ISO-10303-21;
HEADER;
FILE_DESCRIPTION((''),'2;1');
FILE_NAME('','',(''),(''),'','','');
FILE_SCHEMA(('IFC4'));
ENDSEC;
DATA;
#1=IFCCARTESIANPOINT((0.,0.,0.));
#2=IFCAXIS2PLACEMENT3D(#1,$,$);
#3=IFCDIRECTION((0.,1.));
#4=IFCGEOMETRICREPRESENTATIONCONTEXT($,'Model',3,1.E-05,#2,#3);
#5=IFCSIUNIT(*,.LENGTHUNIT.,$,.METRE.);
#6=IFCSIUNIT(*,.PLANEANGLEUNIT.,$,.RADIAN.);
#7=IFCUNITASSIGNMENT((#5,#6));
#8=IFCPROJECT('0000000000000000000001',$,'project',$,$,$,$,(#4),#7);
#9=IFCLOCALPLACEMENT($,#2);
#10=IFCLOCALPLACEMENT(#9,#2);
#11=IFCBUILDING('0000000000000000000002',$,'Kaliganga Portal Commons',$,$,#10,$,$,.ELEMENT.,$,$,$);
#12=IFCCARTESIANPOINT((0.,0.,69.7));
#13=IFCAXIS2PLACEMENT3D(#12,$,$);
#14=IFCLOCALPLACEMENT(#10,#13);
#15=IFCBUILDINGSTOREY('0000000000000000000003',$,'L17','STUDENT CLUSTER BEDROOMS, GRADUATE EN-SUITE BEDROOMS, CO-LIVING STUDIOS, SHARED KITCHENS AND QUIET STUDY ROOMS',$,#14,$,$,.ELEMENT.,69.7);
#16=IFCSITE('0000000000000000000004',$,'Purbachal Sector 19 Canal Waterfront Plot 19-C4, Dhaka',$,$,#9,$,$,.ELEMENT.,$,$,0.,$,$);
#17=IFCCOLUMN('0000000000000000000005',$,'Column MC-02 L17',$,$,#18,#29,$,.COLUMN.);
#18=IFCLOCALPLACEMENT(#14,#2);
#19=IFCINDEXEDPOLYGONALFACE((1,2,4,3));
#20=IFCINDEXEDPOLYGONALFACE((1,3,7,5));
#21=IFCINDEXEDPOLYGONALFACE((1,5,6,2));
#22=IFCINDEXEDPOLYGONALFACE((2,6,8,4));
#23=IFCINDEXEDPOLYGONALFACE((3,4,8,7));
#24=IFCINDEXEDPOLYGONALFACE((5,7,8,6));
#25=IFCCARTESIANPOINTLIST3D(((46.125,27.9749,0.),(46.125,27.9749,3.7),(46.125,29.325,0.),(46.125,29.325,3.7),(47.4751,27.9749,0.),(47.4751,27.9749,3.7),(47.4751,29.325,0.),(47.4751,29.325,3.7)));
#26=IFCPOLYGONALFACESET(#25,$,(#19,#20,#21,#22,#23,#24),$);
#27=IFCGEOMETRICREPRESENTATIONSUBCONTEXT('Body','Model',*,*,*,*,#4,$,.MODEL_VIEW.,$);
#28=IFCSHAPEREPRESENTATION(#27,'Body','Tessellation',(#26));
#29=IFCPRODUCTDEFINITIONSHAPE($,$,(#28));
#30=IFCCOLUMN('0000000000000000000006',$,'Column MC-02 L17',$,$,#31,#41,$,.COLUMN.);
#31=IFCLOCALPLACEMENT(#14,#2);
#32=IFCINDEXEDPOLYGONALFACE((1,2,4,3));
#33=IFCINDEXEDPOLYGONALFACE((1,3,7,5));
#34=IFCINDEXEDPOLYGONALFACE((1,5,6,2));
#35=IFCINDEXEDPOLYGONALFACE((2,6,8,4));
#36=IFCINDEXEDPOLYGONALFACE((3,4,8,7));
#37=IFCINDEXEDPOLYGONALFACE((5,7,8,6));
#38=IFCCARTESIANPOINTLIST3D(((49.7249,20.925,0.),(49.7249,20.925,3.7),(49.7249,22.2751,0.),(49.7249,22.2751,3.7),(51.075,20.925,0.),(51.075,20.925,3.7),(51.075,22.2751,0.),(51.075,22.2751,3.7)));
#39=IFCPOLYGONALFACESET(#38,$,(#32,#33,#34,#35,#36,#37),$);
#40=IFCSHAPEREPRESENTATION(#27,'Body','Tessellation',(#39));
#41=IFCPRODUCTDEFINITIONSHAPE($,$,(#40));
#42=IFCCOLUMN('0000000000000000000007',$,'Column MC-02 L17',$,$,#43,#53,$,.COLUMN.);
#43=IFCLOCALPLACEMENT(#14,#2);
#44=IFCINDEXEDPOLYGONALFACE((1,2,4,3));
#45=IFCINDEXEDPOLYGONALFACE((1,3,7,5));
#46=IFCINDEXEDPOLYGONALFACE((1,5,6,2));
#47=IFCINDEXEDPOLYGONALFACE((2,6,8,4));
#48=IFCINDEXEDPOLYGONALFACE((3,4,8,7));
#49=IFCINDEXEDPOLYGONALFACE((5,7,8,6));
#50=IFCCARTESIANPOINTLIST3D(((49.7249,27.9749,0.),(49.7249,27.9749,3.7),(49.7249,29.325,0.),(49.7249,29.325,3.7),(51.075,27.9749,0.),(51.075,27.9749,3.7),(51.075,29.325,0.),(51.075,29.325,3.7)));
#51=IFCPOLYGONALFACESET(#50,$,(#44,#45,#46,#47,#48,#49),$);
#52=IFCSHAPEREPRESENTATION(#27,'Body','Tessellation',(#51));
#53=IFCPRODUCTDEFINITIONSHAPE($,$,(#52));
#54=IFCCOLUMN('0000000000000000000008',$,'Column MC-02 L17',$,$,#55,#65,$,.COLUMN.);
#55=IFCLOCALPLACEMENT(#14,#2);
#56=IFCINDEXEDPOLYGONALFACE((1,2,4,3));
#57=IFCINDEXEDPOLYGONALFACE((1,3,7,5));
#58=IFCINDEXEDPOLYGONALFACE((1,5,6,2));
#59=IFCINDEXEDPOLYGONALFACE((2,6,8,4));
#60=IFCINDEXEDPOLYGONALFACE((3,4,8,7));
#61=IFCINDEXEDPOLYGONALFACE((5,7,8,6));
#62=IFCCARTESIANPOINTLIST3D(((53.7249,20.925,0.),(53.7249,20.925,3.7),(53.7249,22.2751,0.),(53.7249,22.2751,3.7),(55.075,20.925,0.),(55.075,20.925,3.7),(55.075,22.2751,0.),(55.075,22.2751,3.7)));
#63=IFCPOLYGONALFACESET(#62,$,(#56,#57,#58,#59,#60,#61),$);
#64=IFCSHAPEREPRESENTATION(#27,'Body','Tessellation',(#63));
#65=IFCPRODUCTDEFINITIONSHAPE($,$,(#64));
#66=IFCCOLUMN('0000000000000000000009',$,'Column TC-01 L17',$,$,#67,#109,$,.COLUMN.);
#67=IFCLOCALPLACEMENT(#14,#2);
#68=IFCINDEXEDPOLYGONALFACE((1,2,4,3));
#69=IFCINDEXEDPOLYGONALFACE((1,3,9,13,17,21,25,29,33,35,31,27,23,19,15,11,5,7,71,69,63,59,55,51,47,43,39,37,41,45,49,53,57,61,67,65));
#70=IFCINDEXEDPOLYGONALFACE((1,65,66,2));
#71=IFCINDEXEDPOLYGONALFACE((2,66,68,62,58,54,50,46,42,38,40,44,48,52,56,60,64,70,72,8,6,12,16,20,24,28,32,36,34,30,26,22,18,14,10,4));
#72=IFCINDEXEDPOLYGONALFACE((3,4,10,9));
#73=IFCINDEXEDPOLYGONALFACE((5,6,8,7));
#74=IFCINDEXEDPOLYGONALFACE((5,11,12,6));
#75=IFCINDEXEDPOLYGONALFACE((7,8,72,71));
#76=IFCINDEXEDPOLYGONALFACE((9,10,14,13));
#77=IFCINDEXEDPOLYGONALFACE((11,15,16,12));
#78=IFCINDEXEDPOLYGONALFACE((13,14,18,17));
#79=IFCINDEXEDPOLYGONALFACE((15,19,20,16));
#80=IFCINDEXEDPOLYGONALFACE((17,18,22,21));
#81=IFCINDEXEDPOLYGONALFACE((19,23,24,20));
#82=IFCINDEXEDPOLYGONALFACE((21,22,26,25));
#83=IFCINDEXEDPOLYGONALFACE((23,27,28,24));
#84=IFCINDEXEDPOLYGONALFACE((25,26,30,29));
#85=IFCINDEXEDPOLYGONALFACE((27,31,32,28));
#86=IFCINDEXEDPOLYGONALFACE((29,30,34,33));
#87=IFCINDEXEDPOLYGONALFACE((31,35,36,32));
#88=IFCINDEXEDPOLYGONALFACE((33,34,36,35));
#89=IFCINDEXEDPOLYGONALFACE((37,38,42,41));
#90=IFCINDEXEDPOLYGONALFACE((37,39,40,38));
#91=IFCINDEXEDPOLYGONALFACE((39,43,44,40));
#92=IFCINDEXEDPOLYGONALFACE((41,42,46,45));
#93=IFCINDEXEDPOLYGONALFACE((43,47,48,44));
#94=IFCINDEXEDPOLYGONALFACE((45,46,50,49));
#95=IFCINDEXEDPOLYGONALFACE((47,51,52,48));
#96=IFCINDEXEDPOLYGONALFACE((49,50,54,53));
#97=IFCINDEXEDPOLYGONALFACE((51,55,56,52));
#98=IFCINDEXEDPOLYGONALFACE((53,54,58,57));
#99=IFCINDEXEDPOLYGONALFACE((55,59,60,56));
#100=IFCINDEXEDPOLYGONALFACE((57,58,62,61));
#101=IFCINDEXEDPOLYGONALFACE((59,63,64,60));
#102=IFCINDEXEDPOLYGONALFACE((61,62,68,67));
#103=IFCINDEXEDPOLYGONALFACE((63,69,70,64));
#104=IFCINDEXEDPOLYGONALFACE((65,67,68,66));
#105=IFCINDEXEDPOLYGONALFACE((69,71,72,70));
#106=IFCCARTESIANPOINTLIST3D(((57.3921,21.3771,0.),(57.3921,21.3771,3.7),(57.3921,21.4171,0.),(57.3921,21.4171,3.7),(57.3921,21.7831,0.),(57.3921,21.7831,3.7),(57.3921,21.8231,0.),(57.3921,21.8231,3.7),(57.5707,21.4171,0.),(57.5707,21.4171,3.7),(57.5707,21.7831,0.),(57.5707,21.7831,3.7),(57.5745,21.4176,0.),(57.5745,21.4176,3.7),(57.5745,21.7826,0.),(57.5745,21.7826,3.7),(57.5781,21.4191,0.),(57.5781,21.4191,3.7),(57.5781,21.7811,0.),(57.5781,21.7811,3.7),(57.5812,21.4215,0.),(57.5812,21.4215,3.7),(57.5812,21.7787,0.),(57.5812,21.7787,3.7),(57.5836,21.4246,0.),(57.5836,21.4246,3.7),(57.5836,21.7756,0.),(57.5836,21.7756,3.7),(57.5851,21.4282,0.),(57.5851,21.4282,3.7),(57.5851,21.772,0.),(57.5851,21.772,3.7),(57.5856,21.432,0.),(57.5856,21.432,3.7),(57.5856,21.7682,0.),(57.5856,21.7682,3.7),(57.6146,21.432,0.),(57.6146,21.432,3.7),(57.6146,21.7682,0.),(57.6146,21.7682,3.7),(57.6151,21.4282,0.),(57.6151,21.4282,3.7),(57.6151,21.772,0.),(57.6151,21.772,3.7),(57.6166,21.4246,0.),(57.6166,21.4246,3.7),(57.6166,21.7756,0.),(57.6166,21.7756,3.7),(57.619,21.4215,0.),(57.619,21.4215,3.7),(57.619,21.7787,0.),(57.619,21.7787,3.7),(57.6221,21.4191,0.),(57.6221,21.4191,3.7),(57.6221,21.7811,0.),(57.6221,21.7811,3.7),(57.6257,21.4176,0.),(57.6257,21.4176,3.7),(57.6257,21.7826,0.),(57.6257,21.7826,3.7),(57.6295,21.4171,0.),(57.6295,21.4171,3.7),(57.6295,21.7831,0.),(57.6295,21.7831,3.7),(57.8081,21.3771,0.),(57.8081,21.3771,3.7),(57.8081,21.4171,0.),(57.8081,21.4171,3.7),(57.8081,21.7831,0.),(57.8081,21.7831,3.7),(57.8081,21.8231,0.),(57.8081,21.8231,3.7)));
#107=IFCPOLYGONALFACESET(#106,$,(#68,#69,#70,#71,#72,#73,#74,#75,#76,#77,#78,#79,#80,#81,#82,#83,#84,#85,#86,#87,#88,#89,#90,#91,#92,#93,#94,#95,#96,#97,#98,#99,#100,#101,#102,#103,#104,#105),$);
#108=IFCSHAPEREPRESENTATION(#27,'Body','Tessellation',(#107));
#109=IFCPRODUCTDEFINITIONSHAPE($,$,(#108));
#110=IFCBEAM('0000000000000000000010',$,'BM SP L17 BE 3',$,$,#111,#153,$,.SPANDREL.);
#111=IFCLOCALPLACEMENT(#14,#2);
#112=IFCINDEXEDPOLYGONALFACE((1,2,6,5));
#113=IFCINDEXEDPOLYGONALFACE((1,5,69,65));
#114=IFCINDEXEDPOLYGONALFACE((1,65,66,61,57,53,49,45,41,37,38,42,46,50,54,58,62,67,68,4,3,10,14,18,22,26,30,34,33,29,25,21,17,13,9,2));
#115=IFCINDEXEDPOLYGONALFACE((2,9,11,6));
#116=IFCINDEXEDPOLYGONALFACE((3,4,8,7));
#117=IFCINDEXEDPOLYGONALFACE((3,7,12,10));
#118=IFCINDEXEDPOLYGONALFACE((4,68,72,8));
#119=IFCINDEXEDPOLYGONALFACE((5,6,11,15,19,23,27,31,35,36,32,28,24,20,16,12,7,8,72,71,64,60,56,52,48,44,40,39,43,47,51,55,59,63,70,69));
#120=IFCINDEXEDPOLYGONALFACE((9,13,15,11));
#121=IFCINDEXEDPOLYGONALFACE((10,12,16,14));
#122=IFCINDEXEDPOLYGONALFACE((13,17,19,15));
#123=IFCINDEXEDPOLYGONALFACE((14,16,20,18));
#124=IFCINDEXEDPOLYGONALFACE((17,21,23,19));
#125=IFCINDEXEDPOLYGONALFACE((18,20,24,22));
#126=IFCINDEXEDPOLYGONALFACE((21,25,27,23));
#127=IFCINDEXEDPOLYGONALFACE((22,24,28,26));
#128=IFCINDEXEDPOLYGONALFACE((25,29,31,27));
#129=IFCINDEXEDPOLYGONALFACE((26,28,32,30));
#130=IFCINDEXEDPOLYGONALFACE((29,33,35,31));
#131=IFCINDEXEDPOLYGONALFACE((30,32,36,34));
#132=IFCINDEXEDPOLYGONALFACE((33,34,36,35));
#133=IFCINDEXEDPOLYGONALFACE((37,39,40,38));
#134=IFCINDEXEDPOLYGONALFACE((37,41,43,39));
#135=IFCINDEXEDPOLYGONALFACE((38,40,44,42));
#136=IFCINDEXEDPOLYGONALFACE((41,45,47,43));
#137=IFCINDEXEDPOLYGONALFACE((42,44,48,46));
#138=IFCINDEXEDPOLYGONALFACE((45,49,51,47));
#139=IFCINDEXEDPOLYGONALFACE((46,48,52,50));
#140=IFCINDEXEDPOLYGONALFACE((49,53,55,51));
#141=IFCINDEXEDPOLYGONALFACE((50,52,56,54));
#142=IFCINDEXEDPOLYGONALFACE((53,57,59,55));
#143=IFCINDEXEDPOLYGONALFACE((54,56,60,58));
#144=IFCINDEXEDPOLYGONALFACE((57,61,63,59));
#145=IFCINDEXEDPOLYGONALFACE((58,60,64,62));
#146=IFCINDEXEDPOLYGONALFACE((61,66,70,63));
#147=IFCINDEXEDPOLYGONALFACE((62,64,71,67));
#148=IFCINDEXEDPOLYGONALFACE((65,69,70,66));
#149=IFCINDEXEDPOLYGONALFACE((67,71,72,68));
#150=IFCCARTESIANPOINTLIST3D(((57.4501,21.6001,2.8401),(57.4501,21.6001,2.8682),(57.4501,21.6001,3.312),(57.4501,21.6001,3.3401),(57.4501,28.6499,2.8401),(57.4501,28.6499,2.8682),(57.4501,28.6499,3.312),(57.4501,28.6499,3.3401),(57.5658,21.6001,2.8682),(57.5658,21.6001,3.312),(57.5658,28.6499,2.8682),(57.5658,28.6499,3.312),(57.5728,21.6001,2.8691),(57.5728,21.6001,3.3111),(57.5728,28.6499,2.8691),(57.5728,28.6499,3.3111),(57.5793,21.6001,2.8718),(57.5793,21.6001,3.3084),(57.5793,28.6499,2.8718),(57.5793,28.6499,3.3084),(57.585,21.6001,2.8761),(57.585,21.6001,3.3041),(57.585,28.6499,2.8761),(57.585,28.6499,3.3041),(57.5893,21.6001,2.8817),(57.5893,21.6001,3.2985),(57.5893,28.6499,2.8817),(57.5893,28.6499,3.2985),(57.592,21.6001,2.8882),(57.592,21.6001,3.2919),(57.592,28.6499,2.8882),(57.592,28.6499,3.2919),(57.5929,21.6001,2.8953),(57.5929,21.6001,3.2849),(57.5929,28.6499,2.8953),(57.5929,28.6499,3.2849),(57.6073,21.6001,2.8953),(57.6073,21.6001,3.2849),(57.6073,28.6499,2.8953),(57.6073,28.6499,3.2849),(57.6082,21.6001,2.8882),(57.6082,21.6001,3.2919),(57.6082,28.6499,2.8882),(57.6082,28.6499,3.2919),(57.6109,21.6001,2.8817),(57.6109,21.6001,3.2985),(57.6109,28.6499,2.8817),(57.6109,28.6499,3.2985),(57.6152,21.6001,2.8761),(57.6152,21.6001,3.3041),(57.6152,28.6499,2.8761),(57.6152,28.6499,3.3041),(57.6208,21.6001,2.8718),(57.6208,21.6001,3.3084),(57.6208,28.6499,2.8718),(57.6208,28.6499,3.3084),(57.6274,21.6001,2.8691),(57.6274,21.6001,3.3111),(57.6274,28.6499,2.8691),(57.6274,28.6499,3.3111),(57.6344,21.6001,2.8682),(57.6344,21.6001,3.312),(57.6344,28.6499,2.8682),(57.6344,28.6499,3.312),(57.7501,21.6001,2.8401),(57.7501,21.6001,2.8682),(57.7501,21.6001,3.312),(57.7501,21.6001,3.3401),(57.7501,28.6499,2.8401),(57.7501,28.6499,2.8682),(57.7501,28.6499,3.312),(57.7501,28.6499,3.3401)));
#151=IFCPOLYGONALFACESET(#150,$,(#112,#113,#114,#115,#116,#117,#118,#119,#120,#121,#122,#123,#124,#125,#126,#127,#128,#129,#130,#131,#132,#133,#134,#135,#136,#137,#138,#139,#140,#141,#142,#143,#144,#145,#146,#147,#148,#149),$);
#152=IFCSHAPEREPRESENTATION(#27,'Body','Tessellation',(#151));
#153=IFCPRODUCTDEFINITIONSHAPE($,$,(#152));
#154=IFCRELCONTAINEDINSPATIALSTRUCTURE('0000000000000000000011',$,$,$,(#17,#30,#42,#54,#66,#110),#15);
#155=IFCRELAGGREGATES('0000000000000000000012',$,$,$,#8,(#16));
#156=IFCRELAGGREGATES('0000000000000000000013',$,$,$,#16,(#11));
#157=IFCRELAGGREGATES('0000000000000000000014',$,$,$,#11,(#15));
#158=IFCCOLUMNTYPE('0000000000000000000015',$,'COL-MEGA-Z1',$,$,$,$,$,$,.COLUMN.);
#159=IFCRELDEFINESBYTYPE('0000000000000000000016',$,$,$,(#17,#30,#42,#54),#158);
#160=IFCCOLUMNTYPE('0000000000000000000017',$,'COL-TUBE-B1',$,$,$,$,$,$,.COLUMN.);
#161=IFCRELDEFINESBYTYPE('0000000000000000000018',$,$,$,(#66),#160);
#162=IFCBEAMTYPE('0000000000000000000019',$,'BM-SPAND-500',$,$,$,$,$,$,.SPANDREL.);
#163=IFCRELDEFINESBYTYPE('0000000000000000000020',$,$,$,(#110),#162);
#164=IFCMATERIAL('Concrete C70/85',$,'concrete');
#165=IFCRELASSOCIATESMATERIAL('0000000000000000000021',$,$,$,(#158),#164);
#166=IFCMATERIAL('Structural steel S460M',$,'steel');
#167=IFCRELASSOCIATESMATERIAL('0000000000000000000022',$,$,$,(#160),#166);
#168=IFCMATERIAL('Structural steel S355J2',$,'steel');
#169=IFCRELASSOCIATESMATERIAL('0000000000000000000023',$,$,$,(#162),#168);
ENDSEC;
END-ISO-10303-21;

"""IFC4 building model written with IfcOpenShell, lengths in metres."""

from ifc_helpers import new_model, si_unit, direction, frame, origin, origin_2d, place, context, subcontext, project, spatial, rectangle, i_section, extrude, source, transform, mapped, material, material_profile, profile_set, type_object, element, save


model = new_model("IFC4")

# Units and contexts
model_context = context("Model", 3, precision=1e-05, world=origin(), true_north=direction((0.0, 1.0)))
body_context = subcontext(model_context, "Body", "Model", "MODEL_VIEW")
ifc_project = project(units=[si_unit("LENGTHUNIT", "METRE"), si_unit("PLANEANGLEUNIT", "RADIAN")], contexts=[model_context])

# Site, building, storey
site_placement = place(None, origin())
site = spatial("IfcSite", under=ifc_project, at=site_placement, Name="Purbachal Sector 19 Canal Waterfront Plot 19-C4, Dhaka", CompositionType="ELEMENT", RefElevation=0.0)
building_placement = place(site_placement, origin())
building = spatial("IfcBuilding", under=site, at=building_placement, Name="Kaliganga Portal Commons", CompositionType="ELEMENT")
storey_placement = place(building_placement, frame((0.0, 0.0, 69.7)))
storey = spatial("IfcBuildingStorey", under=building, at=storey_placement, Name="L17", Description="STUDENT CLUSTER BEDROOMS, GRADUATE EN-SUITE BEDROOMS, CO-LIVING STUDIOS, SHARED KITCHENS AND QUIET STUDY ROOMS", CompositionType="ELEMENT", Elevation=69.7)

# Columns
ifc_material_1 = material(Name="Concrete C70/85", Category="concrete")
ifc_material_profile_1 = material_profile(ifc_material_1, rectangle(XDim=1.3501, YDim=1.3501, at=origin_2d()), Name="RC 1350x1350")
ifc_profile_set_1 = profile_set([ifc_material_profile_1], Name="Concrete C70/85")
column_type_1 = type_object("IfcColumnType", Name="COL-MEGA-Z1", PredefinedType="COLUMN", material=ifc_profile_set_1)
shared_shape_1 = source(origin(), body_context, "Body", "SweptSolid", [
    extrude(rectangle(XDim=1.3501, YDim=1.3501, at=origin_2d()), origin(), (0.0, 0.0, 1.0), 3.7),
])
for number, where, z_axis, x_axis, name in (
    (1, (46.8, 28.6499, 0.0), (0.0, 0.0, 1.0), (1.0, 0.0, 0.0), "Column MC-02 L17"),
    (2, (50.3999, 21.6001, 0.0), (0.0, 0.0, 1.0), (1.0, 0.0, 0.0), "Column MC-02 L17"),
    (3, (50.3999, 28.6499, 0.0), (0.0, 0.0, 1.0), (1.0, 0.0, 0.0), "Column MC-02 L17"),
    (4, (54.3999, 21.6001, 0.0), (0.0, 0.0, 1.0), (1.0, 0.0, 0.0), "Column MC-02 L17"),
):
    element("IfcColumn", number, at=place(storey_placement, frame(where, z_axis=z_axis, x_axis=x_axis)), inside=storey, type_object=column_type_1, Name=name, PredefinedType="COLUMN", context=body_context, shape_type="MappedRepresentation", body=[
        mapped(shared_shape_1, transform((0.0, 0.0, 0.0), x_axis=(1.0, 0.0, 0.0), y_axis=(0.0, 1.0, 0.0), z_axis=(0.0, 0.0, 1.0), scale=1.0)),
    ])
ifc_material_2 = material(Name="Structural steel S460M", Category="steel")
ifc_material_profile_2 = material_profile(ifc_material_2, i_section(OverallWidth=0.416, OverallDepth=0.446, WebThickness=0.0291, FlangeThickness=0.04, FilletRadius=0.0149, at=origin_2d()), Name="HD 400x509")
ifc_profile_set_2 = profile_set([ifc_material_profile_2], Name="Structural steel S460M wide-flange")
column_type_2 = type_object("IfcColumnType", Name="COL-TUBE-B1", PredefinedType="COLUMN", material=ifc_profile_set_2)
shared_shape_2 = source(origin(), body_context, "Body", "SweptSolid", [
    extrude(i_section(OverallWidth=0.416, OverallDepth=0.446, WebThickness=0.0291, FlangeThickness=0.04, FilletRadius=0.0149, at=origin_2d()), origin(), (0.0, 0.0, 1.0), 3.7),
])
column_placement = place(storey_placement, frame((57.6001, 21.6001, 0.0), z_axis=(0.0, 0.0, 1.0), x_axis=(1.0, 0.0, 0.0)))
element("IfcColumn", 5, at=column_placement, inside=storey, type_object=column_type_2, Name="Column TC-01 L17", PredefinedType="COLUMN", context=body_context, shape_type="MappedRepresentation", body=[
    mapped(shared_shape_2, transform((0.0, 0.0, 0.0), x_axis=(1.0, 0.0, 0.0), y_axis=(0.0, 1.0, 0.0), z_axis=(0.0, 0.0, 1.0), scale=1.0)),
])

# Beam
ifc_material_3 = material(Name="Structural steel S355J2", Category="steel")
ifc_material_profile_3 = material_profile(ifc_material_3, i_section(OverallWidth=0.3, OverallDepth=0.5, WebThickness=0.0144, FlangeThickness=0.0281, FilletRadius=0.0271, at=origin_2d()), Name="HE 500 B")
ifc_profile_set_3 = profile_set([ifc_material_profile_3], Name="Structural steel S355J2 wide-flange")
beam_type_1 = type_object("IfcBeamType", Name="BM-SPAND-500", PredefinedType="SPANDREL", material=ifc_profile_set_3)
shared_shape_3 = source(origin(), body_context, "Body", "SweptSolid", [
    extrude(i_section(OverallWidth=0.3, OverallDepth=0.5, WebThickness=0.0144, FlangeThickness=0.0281, FilletRadius=0.0271, at=origin_2d()), origin(), (0.0, 0.0, 1.0), 7.0498),
])
beam_1_placement = place(storey_placement, frame((57.6001, 21.6001, 3.0901), z_axis=(0.0, 1.0, 0.0), x_axis=(-1.0, 0.0, 0.0)))
element("IfcBeam", 6, at=beam_1_placement, inside=storey, type_object=beam_type_1, Name="BM SP L17 BE 3", PredefinedType="SPANDREL", context=body_context, shape_type="MappedRepresentation", body=[
    mapped(shared_shape_3, transform((0.0, 0.0, 0.0), x_axis=(1.0, 0.0, 0.0), y_axis=(0.0, 1.0, 0.0), z_axis=(0.0, 0.0, 1.0), scale=1.0)),
])

save(model, "model.ifc")
